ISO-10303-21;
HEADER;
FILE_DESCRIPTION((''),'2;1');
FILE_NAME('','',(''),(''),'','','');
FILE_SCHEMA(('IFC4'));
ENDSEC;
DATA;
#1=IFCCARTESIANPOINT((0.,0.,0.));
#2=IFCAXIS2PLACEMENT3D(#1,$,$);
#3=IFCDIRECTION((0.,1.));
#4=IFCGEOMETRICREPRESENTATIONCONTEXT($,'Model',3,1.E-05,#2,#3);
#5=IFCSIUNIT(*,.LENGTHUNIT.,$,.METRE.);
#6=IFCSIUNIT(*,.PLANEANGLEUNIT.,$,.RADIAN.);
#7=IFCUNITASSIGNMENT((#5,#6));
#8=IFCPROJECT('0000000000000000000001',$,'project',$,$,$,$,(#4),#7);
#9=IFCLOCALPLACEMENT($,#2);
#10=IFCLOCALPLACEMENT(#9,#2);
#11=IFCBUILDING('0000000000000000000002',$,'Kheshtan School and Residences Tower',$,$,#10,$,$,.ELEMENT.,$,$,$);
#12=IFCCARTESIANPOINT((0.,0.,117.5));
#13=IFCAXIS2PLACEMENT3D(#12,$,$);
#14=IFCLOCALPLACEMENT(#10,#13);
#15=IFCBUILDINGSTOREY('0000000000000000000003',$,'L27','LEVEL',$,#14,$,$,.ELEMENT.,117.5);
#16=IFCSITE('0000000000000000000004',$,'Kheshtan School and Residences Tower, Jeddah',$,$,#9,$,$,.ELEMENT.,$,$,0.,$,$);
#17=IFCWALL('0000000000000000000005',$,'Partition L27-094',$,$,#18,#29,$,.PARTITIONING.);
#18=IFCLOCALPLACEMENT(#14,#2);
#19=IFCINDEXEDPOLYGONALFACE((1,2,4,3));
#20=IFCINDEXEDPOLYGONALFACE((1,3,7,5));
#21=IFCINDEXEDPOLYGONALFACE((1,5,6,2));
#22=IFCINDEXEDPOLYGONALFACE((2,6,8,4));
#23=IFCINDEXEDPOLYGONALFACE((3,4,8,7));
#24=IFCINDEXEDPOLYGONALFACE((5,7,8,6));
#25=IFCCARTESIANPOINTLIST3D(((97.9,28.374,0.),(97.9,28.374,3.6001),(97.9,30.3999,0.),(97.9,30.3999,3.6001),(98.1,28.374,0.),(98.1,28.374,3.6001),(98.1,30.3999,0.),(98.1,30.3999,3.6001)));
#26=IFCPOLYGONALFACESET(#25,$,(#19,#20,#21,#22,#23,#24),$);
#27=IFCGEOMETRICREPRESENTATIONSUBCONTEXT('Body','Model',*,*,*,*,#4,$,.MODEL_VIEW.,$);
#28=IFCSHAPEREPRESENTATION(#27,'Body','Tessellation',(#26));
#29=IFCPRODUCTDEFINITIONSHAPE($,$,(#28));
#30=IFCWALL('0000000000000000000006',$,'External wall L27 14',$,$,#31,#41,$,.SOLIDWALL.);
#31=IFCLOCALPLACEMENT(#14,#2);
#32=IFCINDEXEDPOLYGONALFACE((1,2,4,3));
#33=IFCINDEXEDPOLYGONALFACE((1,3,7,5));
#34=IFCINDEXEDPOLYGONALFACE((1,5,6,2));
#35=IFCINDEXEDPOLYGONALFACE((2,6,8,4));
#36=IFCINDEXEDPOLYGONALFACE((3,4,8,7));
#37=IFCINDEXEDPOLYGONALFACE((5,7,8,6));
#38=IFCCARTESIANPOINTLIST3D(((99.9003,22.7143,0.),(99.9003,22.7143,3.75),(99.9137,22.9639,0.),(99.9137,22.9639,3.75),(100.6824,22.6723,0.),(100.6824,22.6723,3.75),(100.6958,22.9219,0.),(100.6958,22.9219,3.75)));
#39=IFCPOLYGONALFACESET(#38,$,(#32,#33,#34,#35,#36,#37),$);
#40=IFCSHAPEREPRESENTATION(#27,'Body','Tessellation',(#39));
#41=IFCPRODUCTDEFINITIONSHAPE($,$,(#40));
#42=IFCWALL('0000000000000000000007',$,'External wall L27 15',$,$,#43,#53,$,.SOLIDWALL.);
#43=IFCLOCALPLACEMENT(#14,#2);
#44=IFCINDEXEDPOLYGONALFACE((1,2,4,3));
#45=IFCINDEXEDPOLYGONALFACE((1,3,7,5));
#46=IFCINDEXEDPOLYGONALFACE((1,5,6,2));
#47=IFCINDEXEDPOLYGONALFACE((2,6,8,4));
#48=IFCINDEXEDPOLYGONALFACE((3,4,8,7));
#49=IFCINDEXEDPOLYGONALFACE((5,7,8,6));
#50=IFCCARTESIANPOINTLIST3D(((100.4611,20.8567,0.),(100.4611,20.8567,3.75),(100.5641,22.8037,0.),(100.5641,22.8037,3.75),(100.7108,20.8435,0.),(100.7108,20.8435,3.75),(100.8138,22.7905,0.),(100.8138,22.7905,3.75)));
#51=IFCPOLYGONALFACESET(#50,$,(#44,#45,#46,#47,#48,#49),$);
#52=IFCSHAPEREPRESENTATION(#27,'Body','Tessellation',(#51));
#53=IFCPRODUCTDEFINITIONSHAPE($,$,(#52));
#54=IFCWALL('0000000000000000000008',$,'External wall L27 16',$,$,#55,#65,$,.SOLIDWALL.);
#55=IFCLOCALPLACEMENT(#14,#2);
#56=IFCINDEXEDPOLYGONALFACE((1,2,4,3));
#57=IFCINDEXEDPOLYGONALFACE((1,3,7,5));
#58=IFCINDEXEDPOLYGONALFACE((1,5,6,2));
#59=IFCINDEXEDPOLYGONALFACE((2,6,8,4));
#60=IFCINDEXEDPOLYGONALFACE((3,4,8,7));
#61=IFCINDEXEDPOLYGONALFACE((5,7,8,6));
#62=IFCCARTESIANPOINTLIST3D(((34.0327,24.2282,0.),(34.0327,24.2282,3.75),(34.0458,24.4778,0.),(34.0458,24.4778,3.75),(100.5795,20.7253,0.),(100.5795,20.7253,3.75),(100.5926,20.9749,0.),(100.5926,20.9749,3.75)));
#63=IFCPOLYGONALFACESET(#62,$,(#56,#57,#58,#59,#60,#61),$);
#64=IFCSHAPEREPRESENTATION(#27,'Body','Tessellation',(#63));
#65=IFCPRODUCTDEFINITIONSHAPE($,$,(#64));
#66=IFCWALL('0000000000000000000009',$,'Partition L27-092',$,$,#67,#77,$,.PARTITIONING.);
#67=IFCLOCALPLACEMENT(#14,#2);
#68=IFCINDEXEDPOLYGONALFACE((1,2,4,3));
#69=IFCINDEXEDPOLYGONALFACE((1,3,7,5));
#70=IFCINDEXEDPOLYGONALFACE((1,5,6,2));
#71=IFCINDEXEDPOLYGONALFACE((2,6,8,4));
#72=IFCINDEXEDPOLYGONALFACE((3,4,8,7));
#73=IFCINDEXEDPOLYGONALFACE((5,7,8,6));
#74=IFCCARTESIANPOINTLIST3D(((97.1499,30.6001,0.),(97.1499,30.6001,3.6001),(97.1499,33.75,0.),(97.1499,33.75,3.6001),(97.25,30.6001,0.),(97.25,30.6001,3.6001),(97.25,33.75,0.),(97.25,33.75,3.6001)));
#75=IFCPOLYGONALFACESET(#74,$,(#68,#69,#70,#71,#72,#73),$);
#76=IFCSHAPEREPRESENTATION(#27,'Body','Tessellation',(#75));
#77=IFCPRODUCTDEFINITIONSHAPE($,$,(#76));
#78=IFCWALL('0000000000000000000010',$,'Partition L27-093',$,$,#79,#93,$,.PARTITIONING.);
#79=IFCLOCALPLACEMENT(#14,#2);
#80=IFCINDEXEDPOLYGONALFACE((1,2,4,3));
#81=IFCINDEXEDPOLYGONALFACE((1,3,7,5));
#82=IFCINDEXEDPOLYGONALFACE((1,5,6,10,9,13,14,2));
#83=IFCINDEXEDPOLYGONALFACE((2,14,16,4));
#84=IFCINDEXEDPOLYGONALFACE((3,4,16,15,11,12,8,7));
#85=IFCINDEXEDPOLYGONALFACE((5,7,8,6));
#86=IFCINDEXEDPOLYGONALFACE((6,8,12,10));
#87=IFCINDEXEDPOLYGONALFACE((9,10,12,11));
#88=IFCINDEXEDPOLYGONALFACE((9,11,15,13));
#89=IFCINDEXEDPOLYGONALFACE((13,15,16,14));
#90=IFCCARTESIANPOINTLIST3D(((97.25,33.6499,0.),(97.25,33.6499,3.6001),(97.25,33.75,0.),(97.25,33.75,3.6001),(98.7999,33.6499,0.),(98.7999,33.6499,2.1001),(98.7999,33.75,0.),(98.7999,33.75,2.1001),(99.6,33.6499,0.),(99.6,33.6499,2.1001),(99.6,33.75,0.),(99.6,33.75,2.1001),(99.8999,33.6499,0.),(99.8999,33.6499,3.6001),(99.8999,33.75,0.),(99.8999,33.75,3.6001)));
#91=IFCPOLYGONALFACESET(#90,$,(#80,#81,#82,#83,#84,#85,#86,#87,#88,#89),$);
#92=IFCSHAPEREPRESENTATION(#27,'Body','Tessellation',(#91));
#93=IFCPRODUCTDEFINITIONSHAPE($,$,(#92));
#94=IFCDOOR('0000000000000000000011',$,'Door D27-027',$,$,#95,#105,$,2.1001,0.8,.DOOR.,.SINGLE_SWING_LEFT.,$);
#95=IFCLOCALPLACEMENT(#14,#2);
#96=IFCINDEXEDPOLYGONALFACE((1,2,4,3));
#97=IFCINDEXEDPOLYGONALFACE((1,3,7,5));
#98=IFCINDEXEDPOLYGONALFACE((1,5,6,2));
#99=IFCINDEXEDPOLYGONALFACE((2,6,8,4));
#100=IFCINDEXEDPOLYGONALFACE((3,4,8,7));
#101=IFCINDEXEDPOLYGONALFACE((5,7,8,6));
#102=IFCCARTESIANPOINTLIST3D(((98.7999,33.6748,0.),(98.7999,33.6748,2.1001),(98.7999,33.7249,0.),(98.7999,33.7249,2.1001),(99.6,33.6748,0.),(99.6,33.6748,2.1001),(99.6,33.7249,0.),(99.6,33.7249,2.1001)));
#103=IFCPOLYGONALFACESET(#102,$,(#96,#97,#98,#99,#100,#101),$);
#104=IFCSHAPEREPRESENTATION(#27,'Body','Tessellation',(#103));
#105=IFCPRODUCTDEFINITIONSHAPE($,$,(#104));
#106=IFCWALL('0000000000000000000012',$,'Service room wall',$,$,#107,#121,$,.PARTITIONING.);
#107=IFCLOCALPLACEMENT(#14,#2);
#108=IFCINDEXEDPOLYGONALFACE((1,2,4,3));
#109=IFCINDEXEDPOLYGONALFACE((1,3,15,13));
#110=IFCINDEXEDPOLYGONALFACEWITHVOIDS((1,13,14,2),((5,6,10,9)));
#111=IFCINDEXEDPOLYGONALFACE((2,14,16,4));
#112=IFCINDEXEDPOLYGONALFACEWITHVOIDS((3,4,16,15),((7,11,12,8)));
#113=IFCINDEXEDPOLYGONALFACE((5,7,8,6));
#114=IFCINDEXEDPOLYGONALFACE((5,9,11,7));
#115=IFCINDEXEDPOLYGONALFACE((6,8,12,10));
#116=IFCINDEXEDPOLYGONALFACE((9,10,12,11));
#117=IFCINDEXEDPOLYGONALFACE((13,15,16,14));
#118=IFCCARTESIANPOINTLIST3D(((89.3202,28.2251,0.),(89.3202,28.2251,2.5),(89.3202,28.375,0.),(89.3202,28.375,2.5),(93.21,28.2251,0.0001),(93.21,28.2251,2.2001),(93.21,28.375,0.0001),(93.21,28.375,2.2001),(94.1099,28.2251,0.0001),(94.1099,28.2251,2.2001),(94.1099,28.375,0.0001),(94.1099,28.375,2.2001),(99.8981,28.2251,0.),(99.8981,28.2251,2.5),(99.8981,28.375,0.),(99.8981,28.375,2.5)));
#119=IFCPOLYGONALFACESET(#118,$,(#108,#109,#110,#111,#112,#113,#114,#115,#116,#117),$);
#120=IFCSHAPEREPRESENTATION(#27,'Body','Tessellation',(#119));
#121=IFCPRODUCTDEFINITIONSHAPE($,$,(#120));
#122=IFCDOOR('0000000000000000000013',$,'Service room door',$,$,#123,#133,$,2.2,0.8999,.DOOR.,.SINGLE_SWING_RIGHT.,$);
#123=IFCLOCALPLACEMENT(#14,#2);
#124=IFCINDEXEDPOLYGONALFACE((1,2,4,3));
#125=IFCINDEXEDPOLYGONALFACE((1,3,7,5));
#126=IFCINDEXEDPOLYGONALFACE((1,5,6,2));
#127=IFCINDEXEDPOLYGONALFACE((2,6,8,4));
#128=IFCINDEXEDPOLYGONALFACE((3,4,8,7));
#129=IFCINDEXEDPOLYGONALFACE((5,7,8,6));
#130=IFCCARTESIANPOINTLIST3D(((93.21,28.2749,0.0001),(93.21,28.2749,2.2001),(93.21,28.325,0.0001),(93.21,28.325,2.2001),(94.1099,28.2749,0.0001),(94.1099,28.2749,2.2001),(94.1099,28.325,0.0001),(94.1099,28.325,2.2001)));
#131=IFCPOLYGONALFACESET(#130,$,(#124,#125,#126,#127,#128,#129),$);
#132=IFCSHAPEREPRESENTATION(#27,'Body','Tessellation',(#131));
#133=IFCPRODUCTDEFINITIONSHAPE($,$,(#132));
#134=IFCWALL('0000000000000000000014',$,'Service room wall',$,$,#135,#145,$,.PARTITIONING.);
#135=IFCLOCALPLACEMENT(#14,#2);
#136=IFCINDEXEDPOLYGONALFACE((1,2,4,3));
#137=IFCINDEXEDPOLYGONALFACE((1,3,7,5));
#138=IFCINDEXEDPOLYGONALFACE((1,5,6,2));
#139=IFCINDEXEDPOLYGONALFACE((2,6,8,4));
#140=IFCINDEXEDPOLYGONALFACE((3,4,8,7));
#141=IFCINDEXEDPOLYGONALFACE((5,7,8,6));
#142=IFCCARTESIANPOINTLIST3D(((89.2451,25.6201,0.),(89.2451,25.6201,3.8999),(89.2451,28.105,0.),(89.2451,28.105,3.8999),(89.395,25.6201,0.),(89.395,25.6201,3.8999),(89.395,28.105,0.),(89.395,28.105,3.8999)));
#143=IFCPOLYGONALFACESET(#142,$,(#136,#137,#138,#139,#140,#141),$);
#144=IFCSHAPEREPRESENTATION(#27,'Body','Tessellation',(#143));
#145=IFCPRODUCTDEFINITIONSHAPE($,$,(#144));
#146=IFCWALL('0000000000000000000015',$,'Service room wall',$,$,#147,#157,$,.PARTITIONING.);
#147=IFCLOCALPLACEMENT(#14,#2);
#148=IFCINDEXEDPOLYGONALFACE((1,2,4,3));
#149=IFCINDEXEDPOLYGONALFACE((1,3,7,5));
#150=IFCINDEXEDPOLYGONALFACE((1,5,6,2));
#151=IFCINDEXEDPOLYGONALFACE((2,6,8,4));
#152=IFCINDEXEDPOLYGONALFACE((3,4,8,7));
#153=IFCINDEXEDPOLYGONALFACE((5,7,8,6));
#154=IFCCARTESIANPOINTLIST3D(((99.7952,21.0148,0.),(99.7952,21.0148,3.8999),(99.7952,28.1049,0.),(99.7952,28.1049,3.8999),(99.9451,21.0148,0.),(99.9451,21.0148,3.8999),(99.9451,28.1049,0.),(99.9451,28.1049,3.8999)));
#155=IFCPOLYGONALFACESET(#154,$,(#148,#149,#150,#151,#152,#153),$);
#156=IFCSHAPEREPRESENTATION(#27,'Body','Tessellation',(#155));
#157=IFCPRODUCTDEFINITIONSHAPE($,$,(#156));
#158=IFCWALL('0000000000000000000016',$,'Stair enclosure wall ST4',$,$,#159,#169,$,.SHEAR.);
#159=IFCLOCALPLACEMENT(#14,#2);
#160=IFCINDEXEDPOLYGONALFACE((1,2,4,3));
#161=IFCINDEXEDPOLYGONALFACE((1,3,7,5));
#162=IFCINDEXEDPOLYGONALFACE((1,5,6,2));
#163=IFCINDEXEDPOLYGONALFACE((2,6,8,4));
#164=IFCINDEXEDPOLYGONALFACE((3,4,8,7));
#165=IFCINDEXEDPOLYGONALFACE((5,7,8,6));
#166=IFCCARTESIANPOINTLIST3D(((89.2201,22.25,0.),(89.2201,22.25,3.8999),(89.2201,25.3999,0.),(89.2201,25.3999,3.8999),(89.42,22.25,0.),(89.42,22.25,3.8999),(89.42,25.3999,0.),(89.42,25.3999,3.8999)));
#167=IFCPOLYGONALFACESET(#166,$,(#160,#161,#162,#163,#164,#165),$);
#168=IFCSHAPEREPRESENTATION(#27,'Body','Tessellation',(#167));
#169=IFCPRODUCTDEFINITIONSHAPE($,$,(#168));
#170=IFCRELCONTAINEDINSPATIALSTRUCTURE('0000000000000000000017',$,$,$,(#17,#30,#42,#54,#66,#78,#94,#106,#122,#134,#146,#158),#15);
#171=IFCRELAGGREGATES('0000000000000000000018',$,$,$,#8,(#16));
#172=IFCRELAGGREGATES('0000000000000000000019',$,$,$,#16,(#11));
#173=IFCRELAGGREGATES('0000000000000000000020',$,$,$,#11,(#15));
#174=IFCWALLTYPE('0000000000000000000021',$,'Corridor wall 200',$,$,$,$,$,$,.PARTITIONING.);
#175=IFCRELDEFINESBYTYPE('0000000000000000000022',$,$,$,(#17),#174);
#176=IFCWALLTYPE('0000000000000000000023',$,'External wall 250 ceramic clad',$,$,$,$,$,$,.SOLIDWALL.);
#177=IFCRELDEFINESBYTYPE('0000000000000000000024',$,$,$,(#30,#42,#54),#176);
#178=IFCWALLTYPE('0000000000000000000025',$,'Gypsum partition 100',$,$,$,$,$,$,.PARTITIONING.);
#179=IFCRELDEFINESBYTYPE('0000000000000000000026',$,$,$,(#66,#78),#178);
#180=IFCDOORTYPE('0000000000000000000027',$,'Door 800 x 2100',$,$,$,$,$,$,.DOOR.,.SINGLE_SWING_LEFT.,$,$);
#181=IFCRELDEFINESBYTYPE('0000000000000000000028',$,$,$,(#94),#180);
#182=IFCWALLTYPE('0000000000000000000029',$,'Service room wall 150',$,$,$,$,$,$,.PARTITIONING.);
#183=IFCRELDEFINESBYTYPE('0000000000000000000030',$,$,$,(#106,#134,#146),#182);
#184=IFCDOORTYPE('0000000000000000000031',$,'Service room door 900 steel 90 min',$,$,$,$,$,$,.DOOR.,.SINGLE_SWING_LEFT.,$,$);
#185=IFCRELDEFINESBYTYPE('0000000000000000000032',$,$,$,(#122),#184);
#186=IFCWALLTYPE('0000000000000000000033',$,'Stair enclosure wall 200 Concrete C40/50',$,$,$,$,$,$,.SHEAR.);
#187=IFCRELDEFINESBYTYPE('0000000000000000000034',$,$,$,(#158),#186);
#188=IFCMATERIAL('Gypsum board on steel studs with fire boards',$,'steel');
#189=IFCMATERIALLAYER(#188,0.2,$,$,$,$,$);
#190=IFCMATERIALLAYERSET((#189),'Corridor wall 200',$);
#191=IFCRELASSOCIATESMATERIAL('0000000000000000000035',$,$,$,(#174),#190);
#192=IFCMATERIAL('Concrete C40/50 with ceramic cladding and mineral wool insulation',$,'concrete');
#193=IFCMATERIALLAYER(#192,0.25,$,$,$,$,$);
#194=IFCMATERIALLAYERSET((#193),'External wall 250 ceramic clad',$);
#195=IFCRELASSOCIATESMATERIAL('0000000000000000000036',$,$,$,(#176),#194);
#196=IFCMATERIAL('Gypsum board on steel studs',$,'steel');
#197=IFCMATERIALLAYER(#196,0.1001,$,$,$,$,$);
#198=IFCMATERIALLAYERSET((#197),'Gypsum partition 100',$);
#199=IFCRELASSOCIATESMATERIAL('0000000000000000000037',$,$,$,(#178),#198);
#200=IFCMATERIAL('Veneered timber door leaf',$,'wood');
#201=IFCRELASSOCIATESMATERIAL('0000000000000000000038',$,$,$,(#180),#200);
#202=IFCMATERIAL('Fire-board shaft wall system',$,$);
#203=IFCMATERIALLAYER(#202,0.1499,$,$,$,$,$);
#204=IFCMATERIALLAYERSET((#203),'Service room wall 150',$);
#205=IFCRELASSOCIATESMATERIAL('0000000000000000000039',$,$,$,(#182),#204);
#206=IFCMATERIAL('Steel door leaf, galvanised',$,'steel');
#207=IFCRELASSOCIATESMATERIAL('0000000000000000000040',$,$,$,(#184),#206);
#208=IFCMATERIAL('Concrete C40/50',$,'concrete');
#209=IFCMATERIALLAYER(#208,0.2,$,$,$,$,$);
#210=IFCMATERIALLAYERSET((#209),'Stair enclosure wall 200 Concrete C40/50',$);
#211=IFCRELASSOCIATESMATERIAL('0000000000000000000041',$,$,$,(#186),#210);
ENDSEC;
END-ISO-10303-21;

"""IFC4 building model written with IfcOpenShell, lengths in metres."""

from ifc_helpers import new_model, si_unit, direction, frame, frame_2d, origin, place, context, subcontext, project, spatial, rectangle, extrude, source, transform, mapped, material, layer, layer_set, type_object, element, fill, save


model = new_model("IFC4")

# Units and contexts
model_context = context("Model", 3, precision=1e-05, world=origin(), true_north=direction((0.0, 1.0)))
body_context = subcontext(model_context, "Body", "Model", "MODEL_VIEW")
ifc_project = project(units=[si_unit("LENGTHUNIT", "METRE"), si_unit("PLANEANGLEUNIT", "RADIAN")], contexts=[model_context])

# Site, building, storey
site_placement = place(None, origin())
site = spatial("IfcSite", under=ifc_project, at=site_placement, Name="Kheshtan School and Residences Tower, Jeddah", CompositionType="ELEMENT", RefElevation=0.0)
building_placement = place(site_placement, origin())
building = spatial("IfcBuilding", under=site, at=building_placement, Name="Kheshtan School and Residences Tower", CompositionType="ELEMENT")
storey_placement = place(building_placement, frame((0.0, 0.0, 117.5)))
storey = spatial("IfcBuildingStorey", under=building, at=storey_placement, Name="L27", Description="LEVEL", CompositionType="ELEMENT", Elevation=117.5)

# Walls
ifc_material_1 = material(Name="Gypsum board on steel studs with fire boards", Category="steel")
ifc_layer_1 = layer(ifc_material_1, 0.2)
ifc_layer_set_1 = layer_set([ifc_layer_1], Name="Corridor wall 200")
wall_type_1 = type_object("IfcWallType", Name="Corridor wall 200", PredefinedType="PARTITIONING", material=ifc_layer_set_1)
wall_1_placement = place(storey_placement, frame((98.0, 28.374, 0.0), z_axis=(0.0, 0.0, 1.0), x_axis=(0.0, 1.0, 0.0)))
element("IfcWall", 1, at=wall_1_placement, inside=storey, type_object=wall_type_1, Name="Partition L27-094", PredefinedType="PARTITIONING", context=body_context, shape_type="SweptSolid", body=[
    extrude(rectangle(XDim=2.0259, YDim=0.2, at=frame_2d((1.0129, 0.0))), origin(), (0.0, 0.0, 1.0), 3.6001),
])
ifc_material_2 = material(Name="Concrete C40/50 with ceramic cladding and mineral wool insulation", Category="concrete")
ifc_layer_2 = layer(ifc_material_2, 0.25)
ifc_layer_set_2 = layer_set([ifc_layer_2], Name="External wall 250 ceramic clad")
wall_type_2 = type_object("IfcWallType", Name="External wall 250 ceramic clad", PredefinedType="SOLIDWALL", material=ifc_layer_set_2)
wall_2_placement = place(storey_placement, frame((99.907, 22.8391, 0.0), z_axis=(0.0, 0.0, 1.0), x_axis=(0.998561, -0.053622, 0.0)))
element("IfcWall", 2, at=wall_2_placement, inside=storey, type_object=wall_type_2, Name="External wall L27 14", PredefinedType="SOLIDWALL", context=body_context, shape_type="SweptSolid", body=[
    extrude(rectangle(XDim=0.7832, YDim=0.25, at=frame_2d((0.3916, 0.0))), origin(), (0.0, 0.0, 1.0), 3.75),
])
wall_3_placement = place(storey_placement, frame((100.689, 22.7971, 0.0), z_axis=(0.0, 0.0, 1.0), x_axis=(-0.052841, -0.998603, 0.0)))
element("IfcWall", 3, at=wall_3_placement, inside=storey, type_object=wall_type_2, Name="External wall L27 15", PredefinedType="SOLIDWALL", context=body_context, shape_type="SweptSolid", body=[
    extrude(rectangle(XDim=1.9497, YDim=0.25, at=frame_2d((0.9749, 0.0))), origin(), (0.0, 0.0, 1.0), 3.75),
])
wall_4_placement = place(storey_placement, frame((100.5859, 20.8501, 0.0), z_axis=(0.0, 0.0, 1.0), x_axis=(-0.998617, 0.052566, 0.0)))
element("IfcWall", 4, at=wall_4_placement, inside=storey, type_object=wall_type_2, Name="External wall L27 16", PredefinedType="SOLIDWALL", context=body_context, shape_type="SweptSolid", body=[
    extrude(rectangle(XDim=66.6389, YDim=0.25, at=frame_2d((33.3193, 0.0))), origin(), (0.0, 0.0, 1.0), 3.75),
])

# Wall
ifc_material_3 = material(Name="Gypsum board on steel studs", Category="steel")
ifc_layer_3 = layer(ifc_material_3, 0.1001)
ifc_layer_set_3 = layer_set([ifc_layer_3], Name="Gypsum partition 100")
wall_type_3 = type_object("IfcWallType", Name="Gypsum partition 100", PredefinedType="PARTITIONING", material=ifc_layer_set_3)
wall_5_placement = place(storey_placement, frame((97.2, 30.6001, 0.0), z_axis=(0.0, 0.0, 1.0), x_axis=(0.0, 1.0, 0.0)))
element("IfcWall", 5, at=wall_5_placement, inside=storey, type_object=wall_type_3, Name="Partition L27-092", PredefinedType="PARTITIONING", context=body_context, shape_type="SweptSolid", body=[
    extrude(rectangle(XDim=3.1499, YDim=0.1001, at=frame_2d((1.575, 0.0))), origin(), (0.0, 0.0, 1.0), 3.6001),
])

# Walls, openings, doors
wall_6_placement = place(storey_placement, frame((97.25, 33.7, 0.0), z_axis=(0.0, 0.0, 1.0), x_axis=(1.0, 0.0, 0.0)))
wall_6 = element("IfcWall", 6, at=wall_6_placement, inside=storey, type_object=wall_type_3, Name="Partition L27-093", PredefinedType="PARTITIONING", context=body_context, shape_type="SweptSolid", body=[
    extrude(rectangle(XDim=2.6499, YDim=0.1001, at=frame_2d((1.325, 0.0))), origin(), (0.0, 0.0, 1.0), 3.6001),
])
opening_1_placement = place(wall_6_placement, frame((1.55, 0.0, 0.0)))
opening_1 = element("IfcOpeningElement", 7, at=opening_1_placement, cuts=wall_6, PredefinedType="OPENING", context=body_context, shape_type="SweptSolid", body=[
    extrude(rectangle(XDim=0.8, YDim=2.1001, at=frame_2d((0.3999, 1.05))), frame((0.0, 0.0601, 0.0), z_axis=(0.0, -1.0, 0.0), x_axis=(1.0, 0.0, 0.0)), (0.0, 0.0, 1.0), 0.1201),
])
ifc_material_4 = material(Name="Veneered timber door leaf", Category="wood")
door_type_1 = type_object("IfcDoorType", Name="Door 800 x 2100", OperationType="SINGLE_SWING_LEFT", PredefinedType="DOOR", material=ifc_material_4)
shared_shape_1 = source(origin(), body_context, "Body", "SweptSolid", [
    extrude(rectangle(XDim=0.8, YDim=2.1001, at=frame_2d((0.3999, 1.05))), frame((0.0, 0.0249, 0.0), z_axis=(0.0, -1.0, 0.0), x_axis=(1.0, 0.0, 0.0)), (0.0, 0.0, 1.0), 0.05),
])
door_1_placement = place(opening_1_placement, origin())
door_1 = element("IfcDoor", 8, at=door_1_placement, inside=storey, type_object=door_type_1, Name="Door D27-027", OperationType="SINGLE_SWING_LEFT", OverallHeight=2.1001, OverallWidth=0.8, PredefinedType="DOOR", context=body_context, shape_type="MappedRepresentation", body=[
    mapped(shared_shape_1, transform((0.0, 0.0, 0.0), x_axis=(1.0, 0.0, 0.0), y_axis=(0.0, 1.0, 0.0), z_axis=(0.0, 0.0, 1.0), scale=1.0)),
])
fill(opening_1, door_1)
ifc_material_5 = material(Name="Fire-board shaft wall system")
ifc_layer_4 = layer(ifc_material_5, 0.1499)
ifc_layer_set_4 = layer_set([ifc_layer_4], Name="Service room wall 150")
wall_type_4 = type_object("IfcWallType", Name="Service room wall 150", PredefinedType="PARTITIONING", material=ifc_layer_set_4)
wall_7_placement = place(storey_placement, frame((89.3201, 28.3, 0.0), z_axis=(0.0, 0.0, 1.0), x_axis=(1.0, 0.0, 0.0)))
wall_7 = element("IfcWall", 9, at=wall_7_placement, inside=storey, type_object=wall_type_4, Name="Service room wall", PredefinedType="PARTITIONING", context=body_context, shape_type="SweptSolid", body=[
    extrude(rectangle(XDim=10.5779, YDim=0.1499, at=frame_2d((5.2891, 0.0))), origin(), (0.0, 0.0, 1.0), 2.5),
])
opening_2_placement = place(wall_7_placement, frame((3.8899, 0.0, 0.0)))
opening_2 = element("IfcOpeningElement", 10, at=opening_2_placement, cuts=wall_7, PredefinedType="OPENING", context=body_context, shape_type="SweptSolid", body=[
    extrude(rectangle(XDim=0.8999, YDim=2.2, at=frame_2d((0.45, 1.1001))), frame((0.0, 0.085, 0.0), z_axis=(0.0, -1.0, 0.0), x_axis=(1.0, 0.0, 0.0)), (0.0, 0.0, 1.0), 0.1699),
])
ifc_material_6 = material(Name="Steel door leaf, galvanised", Category="steel")
door_type_2 = type_object("IfcDoorType", Name="Service room door 900 steel 90 min", OperationType="SINGLE_SWING_LEFT", PredefinedType="DOOR", material=ifc_material_6)
shared_shape_2 = source(origin(), body_context, "Body", "SweptSolid", [
    extrude(rectangle(XDim=0.8999, YDim=2.2, at=frame_2d((0.45, 1.1001))), frame((0.0, 0.0249, 0.0), z_axis=(0.0, -1.0, 0.0), x_axis=(1.0, 0.0, 0.0)), (0.0, 0.0, 1.0), 0.05),
])
door_2_placement = place(opening_2_placement, origin())
door_2 = element("IfcDoor", 11, at=door_2_placement, inside=storey, type_object=door_type_2, Name="Service room door", OperationType="SINGLE_SWING_RIGHT", OverallHeight=2.2, OverallWidth=0.8999, PredefinedType="DOOR", context=body_context, shape_type="MappedRepresentation", body=[
    mapped(shared_shape_2, transform((0.0, 0.0, 0.0), x_axis=(1.0, 0.0, 0.0), y_axis=(0.0, 1.0, 0.0), z_axis=(0.0, 0.0, 1.0), scale=1.0)),
])
fill(opening_2, door_2)

# Walls
wall_8_placement = place(storey_placement, frame((89.3201, 25.6201, 0.0), z_axis=(0.0, 0.0, 1.0), x_axis=(0.0, 1.0, 0.0)))
element("IfcWall", 12, at=wall_8_placement, inside=storey, type_object=wall_type_4, Name="Service room wall", PredefinedType="PARTITIONING", context=body_context, shape_type="SweptSolid", body=[
    extrude(rectangle(XDim=2.4849, YDim=0.1499, at=frame_2d((1.2424, 0.0))), origin(), (0.0, 0.0, 1.0), 3.8999),
])
wall_9_placement = place(storey_placement, frame((99.8701, 21.0149, 0.0), z_axis=(0.0, 0.0, 1.0), x_axis=(0.0, 1.0, 0.0)))
element("IfcWall", 13, at=wall_9_placement, inside=storey, type_object=wall_type_4, Name="Service room wall", PredefinedType="PARTITIONING", context=body_context, shape_type="SweptSolid", body=[
    extrude(rectangle(XDim=7.0901, YDim=0.1499, at=frame_2d((3.5449, 0.0))), origin(), (0.0, 0.0, 1.0), 3.8999),
])
ifc_material_7 = material(Name="Concrete C40/50", Category="concrete")
ifc_layer_5 = layer(ifc_material_7, 0.2)
ifc_layer_set_5 = layer_set([ifc_layer_5], Name="Stair enclosure wall 200 Concrete C40/50")
wall_type_5 = type_object("IfcWallType", Name="Stair enclosure wall 200 Concrete C40/50", PredefinedType="SHEAR", material=ifc_layer_set_5)
wall_10_placement = place(storey_placement, frame((89.3201, 22.25, 0.0), z_axis=(0.0, 0.0, 1.0), x_axis=(0.0, 1.0, 0.0)))
element("IfcWall", 14, at=wall_10_placement, inside=storey, type_object=wall_type_5, Name="Stair enclosure wall ST4", PredefinedType="SHEAR", context=body_context, shape_type="SweptSolid", body=[
    extrude(rectangle(XDim=3.1499, YDim=0.2, at=frame_2d((1.575, 0.0))), origin(), (0.0, 0.0, 1.0), 3.8999),
])

save(model, "model.ifc")
